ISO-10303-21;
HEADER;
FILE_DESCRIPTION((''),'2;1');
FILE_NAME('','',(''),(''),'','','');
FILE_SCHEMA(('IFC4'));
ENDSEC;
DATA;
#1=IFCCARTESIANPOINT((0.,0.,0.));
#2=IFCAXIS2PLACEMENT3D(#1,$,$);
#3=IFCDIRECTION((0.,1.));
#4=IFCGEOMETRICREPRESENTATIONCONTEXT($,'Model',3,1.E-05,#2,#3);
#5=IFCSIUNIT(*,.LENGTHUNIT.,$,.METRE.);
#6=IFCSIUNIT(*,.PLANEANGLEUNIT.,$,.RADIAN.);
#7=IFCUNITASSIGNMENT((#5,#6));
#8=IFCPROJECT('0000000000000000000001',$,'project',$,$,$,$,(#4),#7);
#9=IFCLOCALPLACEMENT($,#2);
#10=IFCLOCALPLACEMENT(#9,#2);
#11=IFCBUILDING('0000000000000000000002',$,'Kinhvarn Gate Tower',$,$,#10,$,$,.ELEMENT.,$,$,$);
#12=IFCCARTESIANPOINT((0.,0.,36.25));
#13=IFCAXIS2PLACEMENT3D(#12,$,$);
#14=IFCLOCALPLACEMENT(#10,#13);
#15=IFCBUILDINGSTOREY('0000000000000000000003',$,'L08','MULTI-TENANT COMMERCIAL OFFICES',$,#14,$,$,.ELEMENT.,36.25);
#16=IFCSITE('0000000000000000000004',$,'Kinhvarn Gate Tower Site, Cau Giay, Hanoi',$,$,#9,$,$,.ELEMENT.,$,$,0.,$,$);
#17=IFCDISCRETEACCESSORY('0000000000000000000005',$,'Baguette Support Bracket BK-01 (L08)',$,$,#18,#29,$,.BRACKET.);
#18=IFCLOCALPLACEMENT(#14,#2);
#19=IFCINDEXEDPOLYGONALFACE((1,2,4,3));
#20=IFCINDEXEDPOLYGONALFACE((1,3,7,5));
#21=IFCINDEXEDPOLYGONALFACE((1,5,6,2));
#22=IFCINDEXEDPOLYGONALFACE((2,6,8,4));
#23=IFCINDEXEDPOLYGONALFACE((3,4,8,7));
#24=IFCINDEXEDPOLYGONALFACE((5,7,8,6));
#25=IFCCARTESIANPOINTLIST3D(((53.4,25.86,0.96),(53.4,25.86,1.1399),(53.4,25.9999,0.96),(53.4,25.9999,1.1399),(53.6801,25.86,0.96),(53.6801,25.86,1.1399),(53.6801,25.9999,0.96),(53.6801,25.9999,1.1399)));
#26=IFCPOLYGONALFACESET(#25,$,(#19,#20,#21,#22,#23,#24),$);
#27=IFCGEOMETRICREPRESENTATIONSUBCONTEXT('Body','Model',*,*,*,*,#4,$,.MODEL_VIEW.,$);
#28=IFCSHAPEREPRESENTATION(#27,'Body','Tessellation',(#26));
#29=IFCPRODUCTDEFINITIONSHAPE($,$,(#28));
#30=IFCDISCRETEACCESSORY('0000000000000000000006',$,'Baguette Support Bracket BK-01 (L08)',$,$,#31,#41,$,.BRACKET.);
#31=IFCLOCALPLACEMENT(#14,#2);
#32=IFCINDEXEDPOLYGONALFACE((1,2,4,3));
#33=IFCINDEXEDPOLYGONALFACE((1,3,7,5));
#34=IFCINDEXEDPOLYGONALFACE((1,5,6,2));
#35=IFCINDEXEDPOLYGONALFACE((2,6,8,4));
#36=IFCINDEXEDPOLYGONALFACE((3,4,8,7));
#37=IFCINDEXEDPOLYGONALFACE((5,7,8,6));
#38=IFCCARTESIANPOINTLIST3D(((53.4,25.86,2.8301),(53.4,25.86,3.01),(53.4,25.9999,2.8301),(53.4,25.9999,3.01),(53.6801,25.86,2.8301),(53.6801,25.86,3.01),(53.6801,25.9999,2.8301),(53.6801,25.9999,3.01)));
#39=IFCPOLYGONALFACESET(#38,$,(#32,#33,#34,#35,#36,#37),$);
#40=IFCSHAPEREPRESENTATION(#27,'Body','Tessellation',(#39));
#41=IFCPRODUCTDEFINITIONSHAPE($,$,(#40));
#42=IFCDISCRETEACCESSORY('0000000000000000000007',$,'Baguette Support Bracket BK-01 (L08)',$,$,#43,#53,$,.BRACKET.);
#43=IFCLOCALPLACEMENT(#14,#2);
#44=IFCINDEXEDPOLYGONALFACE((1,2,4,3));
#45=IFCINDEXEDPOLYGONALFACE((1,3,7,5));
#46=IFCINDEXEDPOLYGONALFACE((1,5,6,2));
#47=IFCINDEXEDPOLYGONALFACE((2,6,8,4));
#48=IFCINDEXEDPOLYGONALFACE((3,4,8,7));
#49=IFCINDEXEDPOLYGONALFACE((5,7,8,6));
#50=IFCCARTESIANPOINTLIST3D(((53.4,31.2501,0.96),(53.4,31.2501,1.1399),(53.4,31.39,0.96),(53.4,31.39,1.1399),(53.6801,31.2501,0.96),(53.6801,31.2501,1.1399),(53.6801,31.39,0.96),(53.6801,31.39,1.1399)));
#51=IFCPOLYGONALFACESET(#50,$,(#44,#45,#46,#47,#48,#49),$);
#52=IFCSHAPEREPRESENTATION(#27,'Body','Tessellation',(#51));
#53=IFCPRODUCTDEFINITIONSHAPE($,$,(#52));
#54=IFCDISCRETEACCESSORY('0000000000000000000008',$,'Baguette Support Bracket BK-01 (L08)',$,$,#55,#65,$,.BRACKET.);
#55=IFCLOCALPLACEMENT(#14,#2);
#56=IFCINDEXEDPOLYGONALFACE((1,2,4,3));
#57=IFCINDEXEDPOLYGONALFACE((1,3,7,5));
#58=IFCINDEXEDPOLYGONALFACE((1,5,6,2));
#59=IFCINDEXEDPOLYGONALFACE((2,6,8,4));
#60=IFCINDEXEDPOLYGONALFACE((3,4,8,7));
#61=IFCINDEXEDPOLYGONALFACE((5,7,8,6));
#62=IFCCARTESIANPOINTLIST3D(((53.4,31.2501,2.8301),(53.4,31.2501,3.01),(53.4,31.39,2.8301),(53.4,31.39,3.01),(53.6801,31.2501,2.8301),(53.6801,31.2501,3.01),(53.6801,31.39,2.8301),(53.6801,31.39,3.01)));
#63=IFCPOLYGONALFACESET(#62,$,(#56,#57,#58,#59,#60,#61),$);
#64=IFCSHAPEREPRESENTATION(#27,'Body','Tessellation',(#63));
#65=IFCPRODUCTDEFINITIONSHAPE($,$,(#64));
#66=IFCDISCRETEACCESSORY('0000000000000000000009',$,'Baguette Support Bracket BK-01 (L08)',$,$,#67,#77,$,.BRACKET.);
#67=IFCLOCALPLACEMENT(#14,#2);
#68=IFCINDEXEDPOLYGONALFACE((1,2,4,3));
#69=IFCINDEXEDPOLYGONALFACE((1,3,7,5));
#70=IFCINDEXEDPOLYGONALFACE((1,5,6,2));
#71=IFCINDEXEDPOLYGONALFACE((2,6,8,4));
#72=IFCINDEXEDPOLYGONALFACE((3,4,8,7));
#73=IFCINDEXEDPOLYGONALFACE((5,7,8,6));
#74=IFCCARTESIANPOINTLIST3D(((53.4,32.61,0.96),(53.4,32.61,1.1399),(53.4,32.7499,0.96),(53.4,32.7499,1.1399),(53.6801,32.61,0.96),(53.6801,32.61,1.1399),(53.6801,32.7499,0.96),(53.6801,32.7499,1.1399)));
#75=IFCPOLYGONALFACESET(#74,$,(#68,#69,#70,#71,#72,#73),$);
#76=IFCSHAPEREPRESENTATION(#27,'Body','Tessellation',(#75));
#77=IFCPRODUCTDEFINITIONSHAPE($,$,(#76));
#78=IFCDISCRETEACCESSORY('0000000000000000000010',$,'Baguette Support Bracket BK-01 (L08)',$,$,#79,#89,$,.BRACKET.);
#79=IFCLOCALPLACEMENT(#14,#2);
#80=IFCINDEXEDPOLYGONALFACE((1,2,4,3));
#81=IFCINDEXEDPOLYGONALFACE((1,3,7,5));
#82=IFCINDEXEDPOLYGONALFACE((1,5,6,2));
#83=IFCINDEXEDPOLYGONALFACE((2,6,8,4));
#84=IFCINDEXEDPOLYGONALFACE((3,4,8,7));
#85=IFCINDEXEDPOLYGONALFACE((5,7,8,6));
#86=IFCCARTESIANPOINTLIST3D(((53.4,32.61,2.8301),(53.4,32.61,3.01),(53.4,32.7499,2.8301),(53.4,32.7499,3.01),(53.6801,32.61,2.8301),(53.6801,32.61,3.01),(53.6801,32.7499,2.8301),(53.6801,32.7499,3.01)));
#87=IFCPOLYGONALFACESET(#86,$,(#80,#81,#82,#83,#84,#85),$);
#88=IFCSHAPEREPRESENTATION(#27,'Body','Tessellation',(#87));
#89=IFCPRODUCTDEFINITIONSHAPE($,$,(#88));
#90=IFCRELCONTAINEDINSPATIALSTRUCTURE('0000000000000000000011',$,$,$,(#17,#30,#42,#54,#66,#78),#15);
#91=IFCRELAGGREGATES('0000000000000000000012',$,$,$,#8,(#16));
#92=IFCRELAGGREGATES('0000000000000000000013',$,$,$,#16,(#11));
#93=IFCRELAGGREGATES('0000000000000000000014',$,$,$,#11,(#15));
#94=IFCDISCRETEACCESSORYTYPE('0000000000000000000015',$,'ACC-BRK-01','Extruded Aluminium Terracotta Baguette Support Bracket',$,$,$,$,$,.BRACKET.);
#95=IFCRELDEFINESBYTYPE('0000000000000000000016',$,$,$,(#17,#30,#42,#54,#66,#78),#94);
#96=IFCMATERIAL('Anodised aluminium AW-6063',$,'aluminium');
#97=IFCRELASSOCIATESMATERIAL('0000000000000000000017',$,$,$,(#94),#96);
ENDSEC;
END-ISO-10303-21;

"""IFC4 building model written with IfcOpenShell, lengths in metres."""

from ifc_helpers import new_model, si_unit, direction, frame, origin, origin_2d, place, context, subcontext, project, spatial, rectangle, extrude, material, type_object, element, save


model = new_model("IFC4")

# Units and contexts
model_context = context("Model", 3, precision=1e-05, world=origin(), true_north=direction((0.0, 1.0)))
body_context = subcontext(model_context, "Body", "Model", "MODEL_VIEW")
ifc_project = project(units=[si_unit("LENGTHUNIT", "METRE"), si_unit("PLANEANGLEUNIT", "RADIAN")], contexts=[model_context])

# Site, building, storey
site_placement = place(None, origin())
site = spatial("IfcSite", under=ifc_project, at=site_placement, Name="Kinhvarn Gate Tower Site, Cau Giay, Hanoi", CompositionType="ELEMENT", RefElevation=0.0)
building_placement = place(site_placement, origin())
building = spatial("IfcBuilding", under=site, at=building_placement, Name="Kinhvarn Gate Tower", CompositionType="ELEMENT")
storey_placement = place(building_placement, frame((0.0, 0.0, 36.25)))
storey = spatial("IfcBuildingStorey", under=building, at=storey_placement, Name="L08", Description="MULTI-TENANT COMMERCIAL OFFICES", CompositionType="ELEMENT", Elevation=36.25)

# Shared definitions
ifc_material_1 = material(Name="Anodised aluminium AW-6063", Category="aluminium")

# Discrete accessories
discrete_accessory_type = type_object("IfcDiscreteAccessoryType", Name="ACC-BRK-01", Description="Extruded Aluminium Terracotta Baguette Support Bracket", PredefinedType="BRACKET", material=ifc_material_1)
for number, where, z_axis, x_axis, name in (
    (1, (53.54, 25.9299, 0.96), (0.0, 0.0, 1.0), (0.0, 1.0, 0.0), "Baguette Support Bracket BK-01 (L08)"),
    (2, (53.54, 25.9299, 2.8301), (0.0, 0.0, 1.0), (0.0, 1.0, 0.0), "Baguette Support Bracket BK-01 (L08)"),
    (3, (53.54, 31.3201, 0.96), (0.0, 0.0, 1.0), (0.0, 1.0, 0.0), "Baguette Support Bracket BK-01 (L08)"),
    (4, (53.54, 31.3201, 2.8301), (0.0, 0.0, 1.0), (0.0, 1.0, 0.0), "Baguette Support Bracket BK-01 (L08)"),
    (5, (53.54, 32.6799, 0.96), (0.0, 0.0, 1.0), (0.0, 1.0, 0.0), "Baguette Support Bracket BK-01 (L08)"),
    (6, (53.54, 32.6799, 2.8301), (0.0, 0.0, 1.0), (0.0, 1.0, 0.0), "Baguette Support Bracket BK-01 (L08)"),
):
    element("IfcDiscreteAccessory", number, at=place(storey_placement, frame(where, z_axis=z_axis, x_axis=x_axis)), inside=storey, type_object=discrete_accessory_type, Name=name, PredefinedType="BRACKET", context=body_context, shape_type="SweptSolid", body=[
        extrude(rectangle(XDim=0.1399, YDim=0.28, at=origin_2d()), origin(), (0.0, 0.0, 1.0), 0.1799),
    ])

save(model, "model.ifc")
